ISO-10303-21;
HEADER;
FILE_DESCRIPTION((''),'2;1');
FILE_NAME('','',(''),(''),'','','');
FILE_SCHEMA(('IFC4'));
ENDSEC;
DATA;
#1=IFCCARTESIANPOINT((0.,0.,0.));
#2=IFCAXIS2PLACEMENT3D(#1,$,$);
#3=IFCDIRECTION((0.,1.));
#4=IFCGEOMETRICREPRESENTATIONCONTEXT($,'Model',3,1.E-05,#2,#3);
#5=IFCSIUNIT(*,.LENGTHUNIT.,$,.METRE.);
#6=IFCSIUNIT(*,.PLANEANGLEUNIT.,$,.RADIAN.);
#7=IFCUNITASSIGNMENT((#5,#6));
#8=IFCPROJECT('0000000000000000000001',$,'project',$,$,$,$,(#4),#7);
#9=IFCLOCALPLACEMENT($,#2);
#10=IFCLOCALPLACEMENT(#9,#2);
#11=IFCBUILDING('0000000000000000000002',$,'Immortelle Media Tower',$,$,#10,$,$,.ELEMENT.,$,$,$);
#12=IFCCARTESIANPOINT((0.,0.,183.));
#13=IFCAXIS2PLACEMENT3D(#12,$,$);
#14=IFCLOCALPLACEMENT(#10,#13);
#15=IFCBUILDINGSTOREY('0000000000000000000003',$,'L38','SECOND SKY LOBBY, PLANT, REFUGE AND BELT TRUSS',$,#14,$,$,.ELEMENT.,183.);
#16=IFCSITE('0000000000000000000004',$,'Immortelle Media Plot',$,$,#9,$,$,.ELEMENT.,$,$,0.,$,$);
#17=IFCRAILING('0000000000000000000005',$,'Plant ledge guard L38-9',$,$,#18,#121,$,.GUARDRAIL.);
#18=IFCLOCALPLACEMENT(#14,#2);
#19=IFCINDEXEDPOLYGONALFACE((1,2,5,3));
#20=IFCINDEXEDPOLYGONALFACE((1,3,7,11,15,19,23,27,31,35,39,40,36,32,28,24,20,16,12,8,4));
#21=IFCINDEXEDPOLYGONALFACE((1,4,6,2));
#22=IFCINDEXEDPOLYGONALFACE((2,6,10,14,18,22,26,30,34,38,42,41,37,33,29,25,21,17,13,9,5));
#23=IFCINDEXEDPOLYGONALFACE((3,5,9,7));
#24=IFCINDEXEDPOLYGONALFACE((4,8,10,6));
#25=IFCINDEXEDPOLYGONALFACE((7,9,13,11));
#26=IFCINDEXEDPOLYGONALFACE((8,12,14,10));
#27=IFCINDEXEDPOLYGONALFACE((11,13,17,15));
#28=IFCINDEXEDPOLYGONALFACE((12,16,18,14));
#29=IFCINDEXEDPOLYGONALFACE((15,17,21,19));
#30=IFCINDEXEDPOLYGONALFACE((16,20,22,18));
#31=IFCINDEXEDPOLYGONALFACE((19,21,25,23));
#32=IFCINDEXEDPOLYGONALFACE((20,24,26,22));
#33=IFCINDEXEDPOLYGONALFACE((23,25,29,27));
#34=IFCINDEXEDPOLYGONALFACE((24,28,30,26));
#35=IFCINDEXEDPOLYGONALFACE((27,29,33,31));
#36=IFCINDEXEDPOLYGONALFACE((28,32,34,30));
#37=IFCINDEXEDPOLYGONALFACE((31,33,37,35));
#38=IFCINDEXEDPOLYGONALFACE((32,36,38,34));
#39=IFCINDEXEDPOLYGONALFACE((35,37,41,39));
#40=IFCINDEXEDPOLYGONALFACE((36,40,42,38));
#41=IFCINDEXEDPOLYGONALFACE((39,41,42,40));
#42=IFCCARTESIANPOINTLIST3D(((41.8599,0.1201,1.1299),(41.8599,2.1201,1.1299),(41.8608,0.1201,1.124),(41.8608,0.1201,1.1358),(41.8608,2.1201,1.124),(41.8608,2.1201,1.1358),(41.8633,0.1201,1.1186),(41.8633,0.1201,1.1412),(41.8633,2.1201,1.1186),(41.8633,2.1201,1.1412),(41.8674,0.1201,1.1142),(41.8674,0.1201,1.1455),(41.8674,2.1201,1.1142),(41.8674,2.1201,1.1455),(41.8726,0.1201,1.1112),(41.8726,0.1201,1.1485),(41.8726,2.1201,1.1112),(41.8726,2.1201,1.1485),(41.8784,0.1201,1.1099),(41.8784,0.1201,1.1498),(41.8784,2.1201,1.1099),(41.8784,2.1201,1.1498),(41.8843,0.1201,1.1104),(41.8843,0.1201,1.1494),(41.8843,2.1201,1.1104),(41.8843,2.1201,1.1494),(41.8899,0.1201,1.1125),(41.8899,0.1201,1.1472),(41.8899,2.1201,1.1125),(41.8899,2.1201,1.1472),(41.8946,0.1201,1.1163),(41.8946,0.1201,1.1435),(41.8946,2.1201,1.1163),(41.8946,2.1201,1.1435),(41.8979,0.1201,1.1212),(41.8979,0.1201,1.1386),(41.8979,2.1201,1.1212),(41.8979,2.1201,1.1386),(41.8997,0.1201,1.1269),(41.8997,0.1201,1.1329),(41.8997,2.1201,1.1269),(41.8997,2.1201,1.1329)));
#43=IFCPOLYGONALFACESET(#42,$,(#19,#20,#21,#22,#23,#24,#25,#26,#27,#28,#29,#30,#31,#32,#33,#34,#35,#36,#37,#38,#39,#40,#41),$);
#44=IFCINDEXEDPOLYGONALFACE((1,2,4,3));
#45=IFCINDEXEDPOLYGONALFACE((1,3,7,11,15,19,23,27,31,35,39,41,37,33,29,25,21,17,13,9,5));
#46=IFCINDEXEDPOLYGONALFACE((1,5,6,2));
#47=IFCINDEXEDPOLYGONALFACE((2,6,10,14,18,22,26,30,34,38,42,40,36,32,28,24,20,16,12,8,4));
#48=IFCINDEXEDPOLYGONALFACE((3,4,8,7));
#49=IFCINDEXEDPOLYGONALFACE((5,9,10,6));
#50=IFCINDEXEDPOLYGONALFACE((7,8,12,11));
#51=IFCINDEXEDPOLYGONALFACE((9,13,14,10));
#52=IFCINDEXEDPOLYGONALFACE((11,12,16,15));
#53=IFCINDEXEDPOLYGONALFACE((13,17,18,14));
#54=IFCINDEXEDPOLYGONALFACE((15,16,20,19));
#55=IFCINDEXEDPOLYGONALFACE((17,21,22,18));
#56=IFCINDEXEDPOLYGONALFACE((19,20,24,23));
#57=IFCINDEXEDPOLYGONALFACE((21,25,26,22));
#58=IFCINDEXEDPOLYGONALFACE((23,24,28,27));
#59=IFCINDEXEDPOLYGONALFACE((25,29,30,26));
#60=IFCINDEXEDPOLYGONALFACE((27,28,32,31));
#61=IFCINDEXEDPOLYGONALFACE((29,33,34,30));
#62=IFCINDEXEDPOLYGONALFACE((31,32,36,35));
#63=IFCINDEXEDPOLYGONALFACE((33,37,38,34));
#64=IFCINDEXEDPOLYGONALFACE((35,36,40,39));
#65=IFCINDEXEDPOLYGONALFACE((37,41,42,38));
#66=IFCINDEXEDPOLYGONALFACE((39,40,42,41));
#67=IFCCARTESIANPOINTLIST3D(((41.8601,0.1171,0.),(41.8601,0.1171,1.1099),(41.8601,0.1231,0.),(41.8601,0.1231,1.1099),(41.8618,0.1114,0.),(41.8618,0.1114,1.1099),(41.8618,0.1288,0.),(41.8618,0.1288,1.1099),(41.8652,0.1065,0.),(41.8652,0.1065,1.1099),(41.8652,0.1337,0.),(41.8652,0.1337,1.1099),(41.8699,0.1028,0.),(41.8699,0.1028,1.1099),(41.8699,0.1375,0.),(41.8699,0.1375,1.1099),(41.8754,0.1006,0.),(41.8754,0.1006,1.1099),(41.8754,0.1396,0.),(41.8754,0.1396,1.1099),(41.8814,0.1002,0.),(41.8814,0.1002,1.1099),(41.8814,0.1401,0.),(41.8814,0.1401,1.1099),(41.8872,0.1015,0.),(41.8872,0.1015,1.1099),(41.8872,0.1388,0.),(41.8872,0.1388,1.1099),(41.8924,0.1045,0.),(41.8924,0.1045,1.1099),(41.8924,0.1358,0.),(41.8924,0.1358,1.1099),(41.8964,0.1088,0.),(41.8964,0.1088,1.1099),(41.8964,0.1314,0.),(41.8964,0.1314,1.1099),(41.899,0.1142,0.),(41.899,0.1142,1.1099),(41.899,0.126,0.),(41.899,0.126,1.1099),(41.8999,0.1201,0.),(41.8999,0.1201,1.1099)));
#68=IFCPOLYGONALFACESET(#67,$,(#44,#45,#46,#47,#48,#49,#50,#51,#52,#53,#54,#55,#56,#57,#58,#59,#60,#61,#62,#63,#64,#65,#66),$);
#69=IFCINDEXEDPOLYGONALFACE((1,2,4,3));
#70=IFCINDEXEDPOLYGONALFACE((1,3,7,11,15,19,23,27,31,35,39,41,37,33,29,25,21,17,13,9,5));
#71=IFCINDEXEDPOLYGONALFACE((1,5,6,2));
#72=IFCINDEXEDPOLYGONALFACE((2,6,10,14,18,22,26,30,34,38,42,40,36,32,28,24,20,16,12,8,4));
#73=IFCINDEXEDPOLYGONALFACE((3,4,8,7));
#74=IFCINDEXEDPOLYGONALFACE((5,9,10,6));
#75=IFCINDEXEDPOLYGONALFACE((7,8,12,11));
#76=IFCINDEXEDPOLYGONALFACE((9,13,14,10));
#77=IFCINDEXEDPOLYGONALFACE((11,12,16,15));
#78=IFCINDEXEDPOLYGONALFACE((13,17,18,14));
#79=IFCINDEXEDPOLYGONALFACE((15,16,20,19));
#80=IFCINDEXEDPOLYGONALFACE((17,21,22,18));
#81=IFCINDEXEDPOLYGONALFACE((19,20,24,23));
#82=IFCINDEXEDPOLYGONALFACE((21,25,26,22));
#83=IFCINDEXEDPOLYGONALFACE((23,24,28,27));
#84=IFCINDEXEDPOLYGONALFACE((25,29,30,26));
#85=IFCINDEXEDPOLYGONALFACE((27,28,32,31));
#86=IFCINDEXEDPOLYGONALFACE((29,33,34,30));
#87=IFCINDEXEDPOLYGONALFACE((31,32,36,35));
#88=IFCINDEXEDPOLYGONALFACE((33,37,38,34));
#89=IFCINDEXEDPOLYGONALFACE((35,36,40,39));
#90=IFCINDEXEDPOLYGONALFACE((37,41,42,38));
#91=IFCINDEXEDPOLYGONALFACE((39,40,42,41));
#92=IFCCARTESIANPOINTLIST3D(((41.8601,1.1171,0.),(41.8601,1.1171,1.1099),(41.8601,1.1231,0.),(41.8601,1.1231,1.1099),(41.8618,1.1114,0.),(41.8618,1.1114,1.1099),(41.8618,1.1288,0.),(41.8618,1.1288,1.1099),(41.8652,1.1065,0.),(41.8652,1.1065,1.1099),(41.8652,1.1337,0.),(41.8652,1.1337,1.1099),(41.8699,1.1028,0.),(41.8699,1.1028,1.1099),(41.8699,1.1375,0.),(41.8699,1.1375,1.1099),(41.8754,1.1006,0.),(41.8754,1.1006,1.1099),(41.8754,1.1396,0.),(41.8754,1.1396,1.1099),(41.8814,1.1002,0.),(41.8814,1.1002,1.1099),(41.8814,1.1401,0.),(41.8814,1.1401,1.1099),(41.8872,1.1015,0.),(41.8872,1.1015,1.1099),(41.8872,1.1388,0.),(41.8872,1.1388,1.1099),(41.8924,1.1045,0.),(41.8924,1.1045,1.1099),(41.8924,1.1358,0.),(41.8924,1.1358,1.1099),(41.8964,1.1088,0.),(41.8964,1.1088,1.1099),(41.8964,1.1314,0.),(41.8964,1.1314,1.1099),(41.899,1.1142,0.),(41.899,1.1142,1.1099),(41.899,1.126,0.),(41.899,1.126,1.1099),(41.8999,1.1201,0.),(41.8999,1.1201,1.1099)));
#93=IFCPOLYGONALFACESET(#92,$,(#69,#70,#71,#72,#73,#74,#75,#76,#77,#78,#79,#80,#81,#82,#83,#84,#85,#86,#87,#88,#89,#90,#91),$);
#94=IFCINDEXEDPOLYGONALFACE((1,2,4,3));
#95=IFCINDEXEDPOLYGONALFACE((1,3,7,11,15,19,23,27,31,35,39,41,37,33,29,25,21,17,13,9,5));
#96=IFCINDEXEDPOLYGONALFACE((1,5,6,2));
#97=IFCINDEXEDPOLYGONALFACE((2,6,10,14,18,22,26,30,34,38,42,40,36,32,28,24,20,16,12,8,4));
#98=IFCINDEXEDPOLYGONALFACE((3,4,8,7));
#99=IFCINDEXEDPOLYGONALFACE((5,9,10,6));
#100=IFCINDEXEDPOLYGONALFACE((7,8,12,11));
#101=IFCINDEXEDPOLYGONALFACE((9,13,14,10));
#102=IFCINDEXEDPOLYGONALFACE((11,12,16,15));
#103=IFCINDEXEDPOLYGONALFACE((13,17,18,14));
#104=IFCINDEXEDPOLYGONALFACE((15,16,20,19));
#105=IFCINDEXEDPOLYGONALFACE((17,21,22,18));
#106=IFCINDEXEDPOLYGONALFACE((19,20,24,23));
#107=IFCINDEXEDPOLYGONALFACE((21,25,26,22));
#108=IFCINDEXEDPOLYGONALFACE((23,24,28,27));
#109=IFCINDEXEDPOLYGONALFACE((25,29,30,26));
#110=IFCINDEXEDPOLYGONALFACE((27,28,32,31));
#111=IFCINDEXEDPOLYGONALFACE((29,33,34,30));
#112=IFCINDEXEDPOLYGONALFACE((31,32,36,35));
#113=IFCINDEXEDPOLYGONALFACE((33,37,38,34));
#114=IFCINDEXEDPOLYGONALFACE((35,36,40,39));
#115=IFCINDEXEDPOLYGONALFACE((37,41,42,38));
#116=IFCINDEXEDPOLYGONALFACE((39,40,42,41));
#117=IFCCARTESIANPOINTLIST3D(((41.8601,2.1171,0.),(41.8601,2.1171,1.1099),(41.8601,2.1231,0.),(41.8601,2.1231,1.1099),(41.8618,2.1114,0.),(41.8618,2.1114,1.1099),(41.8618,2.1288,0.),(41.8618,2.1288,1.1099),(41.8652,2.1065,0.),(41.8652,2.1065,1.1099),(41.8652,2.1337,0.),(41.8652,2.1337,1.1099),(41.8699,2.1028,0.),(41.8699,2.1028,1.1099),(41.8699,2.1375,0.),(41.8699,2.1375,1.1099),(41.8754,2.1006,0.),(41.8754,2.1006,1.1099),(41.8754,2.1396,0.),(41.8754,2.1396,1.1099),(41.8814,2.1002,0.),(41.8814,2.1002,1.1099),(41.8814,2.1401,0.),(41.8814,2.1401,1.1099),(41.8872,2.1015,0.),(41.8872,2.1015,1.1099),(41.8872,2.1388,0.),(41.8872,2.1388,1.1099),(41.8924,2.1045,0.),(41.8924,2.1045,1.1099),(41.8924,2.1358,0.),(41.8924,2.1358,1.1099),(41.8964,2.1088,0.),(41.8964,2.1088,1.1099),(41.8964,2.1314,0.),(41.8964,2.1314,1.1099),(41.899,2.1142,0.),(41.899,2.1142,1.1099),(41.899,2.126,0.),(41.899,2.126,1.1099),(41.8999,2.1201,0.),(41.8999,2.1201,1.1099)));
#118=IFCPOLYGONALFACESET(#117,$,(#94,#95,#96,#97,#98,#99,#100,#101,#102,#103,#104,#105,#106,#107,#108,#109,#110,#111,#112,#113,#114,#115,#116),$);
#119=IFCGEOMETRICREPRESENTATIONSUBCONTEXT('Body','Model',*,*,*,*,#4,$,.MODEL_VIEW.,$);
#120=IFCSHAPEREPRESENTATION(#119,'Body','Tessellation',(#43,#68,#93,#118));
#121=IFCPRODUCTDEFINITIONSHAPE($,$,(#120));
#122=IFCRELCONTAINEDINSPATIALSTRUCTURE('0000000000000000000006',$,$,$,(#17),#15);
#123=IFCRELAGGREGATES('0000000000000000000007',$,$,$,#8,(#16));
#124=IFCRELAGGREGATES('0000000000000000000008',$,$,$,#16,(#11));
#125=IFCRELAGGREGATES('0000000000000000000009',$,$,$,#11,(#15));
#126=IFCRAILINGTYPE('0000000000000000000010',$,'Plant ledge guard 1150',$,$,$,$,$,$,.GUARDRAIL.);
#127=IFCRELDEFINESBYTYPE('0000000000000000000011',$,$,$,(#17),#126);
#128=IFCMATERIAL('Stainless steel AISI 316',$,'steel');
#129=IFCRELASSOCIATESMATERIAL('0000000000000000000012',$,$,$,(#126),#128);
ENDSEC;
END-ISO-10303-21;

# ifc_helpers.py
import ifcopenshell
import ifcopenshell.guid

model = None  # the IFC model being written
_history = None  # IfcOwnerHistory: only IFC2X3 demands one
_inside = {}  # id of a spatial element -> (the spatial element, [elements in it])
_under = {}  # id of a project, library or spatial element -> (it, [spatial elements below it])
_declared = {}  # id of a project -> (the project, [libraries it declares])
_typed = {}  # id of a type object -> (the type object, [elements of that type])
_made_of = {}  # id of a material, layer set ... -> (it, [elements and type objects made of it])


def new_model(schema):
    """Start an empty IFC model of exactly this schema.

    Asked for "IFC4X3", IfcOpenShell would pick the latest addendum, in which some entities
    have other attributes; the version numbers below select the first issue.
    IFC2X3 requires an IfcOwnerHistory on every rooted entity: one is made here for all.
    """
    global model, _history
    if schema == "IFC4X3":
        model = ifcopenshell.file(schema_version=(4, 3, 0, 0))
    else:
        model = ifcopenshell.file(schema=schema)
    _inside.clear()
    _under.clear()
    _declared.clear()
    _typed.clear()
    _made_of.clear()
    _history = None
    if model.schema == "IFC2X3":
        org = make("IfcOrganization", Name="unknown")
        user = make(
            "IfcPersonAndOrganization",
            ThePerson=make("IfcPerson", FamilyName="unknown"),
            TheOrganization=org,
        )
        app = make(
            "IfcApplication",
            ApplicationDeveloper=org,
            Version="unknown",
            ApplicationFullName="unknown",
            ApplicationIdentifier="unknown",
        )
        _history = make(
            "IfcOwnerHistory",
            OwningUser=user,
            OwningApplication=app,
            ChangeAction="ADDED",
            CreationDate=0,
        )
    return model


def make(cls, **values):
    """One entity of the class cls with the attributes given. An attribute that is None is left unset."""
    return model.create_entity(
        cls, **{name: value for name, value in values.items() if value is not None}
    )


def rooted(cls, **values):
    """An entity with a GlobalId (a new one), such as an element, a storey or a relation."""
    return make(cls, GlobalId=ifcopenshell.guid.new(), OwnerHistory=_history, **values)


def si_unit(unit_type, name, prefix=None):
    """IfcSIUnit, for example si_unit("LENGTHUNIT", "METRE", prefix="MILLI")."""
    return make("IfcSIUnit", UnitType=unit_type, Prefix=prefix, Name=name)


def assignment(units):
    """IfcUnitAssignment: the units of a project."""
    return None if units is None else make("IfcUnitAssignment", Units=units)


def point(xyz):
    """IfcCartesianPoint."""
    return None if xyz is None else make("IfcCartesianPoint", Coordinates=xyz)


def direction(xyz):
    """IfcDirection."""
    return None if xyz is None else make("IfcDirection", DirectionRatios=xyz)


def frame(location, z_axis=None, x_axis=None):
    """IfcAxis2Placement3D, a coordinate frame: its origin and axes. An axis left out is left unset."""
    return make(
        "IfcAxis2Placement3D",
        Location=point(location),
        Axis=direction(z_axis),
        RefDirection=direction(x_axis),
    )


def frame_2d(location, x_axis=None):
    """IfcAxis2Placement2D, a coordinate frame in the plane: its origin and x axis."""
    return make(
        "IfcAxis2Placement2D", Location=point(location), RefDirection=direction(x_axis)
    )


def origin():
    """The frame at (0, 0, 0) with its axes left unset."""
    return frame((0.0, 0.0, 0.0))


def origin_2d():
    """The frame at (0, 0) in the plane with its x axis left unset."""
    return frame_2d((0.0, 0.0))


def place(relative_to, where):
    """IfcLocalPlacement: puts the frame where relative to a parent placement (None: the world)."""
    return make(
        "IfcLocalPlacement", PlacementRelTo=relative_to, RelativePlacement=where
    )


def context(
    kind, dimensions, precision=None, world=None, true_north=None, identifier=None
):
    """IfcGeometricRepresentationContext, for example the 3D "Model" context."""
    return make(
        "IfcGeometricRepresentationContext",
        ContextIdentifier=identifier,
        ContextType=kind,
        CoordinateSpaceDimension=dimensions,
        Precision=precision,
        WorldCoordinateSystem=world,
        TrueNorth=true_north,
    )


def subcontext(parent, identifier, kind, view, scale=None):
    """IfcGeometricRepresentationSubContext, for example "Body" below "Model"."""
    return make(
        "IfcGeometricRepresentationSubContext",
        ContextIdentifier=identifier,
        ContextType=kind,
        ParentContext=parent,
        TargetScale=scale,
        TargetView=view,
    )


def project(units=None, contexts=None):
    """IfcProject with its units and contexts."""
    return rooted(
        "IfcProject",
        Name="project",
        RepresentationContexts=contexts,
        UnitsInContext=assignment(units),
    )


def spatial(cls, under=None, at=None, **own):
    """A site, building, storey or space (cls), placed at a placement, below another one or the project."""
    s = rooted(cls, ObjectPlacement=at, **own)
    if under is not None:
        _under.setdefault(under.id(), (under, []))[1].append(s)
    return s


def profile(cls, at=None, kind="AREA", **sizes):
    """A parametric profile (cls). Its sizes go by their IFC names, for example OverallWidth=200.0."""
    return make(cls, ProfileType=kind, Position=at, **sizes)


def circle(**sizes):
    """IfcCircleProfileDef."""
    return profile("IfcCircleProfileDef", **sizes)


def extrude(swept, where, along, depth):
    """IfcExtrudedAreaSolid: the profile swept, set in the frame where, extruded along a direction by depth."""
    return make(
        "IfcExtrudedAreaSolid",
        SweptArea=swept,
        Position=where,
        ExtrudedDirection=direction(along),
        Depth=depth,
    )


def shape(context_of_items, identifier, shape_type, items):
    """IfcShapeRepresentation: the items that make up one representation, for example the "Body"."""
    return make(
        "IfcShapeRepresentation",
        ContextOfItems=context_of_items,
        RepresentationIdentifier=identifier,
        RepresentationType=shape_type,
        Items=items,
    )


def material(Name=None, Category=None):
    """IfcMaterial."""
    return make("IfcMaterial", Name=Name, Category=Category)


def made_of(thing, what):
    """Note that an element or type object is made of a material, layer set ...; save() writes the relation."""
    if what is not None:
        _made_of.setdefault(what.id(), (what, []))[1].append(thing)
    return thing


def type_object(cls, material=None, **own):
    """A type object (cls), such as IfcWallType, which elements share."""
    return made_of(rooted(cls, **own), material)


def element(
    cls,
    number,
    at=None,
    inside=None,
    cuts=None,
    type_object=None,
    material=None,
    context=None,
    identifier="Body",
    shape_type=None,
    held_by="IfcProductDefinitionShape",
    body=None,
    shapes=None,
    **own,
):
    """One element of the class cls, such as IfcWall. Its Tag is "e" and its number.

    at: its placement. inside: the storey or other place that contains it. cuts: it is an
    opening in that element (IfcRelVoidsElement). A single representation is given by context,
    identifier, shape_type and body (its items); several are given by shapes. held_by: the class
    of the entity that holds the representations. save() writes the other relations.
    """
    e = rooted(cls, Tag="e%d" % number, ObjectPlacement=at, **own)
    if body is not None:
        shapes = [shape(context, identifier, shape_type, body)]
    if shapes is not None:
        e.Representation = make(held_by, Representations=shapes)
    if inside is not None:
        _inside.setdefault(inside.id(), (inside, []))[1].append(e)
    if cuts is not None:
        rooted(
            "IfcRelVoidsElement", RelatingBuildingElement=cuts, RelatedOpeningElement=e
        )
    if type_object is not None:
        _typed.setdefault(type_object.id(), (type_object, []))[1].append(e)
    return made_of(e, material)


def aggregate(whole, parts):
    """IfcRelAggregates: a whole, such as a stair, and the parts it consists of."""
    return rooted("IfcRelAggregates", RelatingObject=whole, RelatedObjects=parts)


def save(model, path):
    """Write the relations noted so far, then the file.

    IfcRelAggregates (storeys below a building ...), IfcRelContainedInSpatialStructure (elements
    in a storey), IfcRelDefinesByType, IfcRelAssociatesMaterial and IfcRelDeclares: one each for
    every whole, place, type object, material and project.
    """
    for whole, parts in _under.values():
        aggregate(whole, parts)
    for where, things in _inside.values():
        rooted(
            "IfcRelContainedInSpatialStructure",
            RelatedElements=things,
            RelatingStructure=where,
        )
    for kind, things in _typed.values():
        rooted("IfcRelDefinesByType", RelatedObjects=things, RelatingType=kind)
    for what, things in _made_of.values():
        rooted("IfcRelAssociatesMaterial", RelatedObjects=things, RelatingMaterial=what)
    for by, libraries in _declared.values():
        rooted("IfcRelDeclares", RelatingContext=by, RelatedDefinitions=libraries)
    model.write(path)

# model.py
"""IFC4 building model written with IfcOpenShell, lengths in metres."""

from ifc_helpers import new_model, si_unit, direction, frame, origin, origin_2d, place, context, subcontext, project, spatial, circle, extrude, material, type_object, element, save


model = new_model("IFC4")

# Units and contexts
model_context = context("Model", 3, precision=1e-05, world=origin(), true_north=direction((0.0, 1.0)))
body_context = subcontext(model_context, "Body", "Model", "MODEL_VIEW")
ifc_project = project(units=[si_unit("LENGTHUNIT", "METRE"), si_unit("PLANEANGLEUNIT", "RADIAN")], contexts=[model_context])

# Site, building, storey
site_placement = place(None, origin())
site = spatial("IfcSite", under=ifc_project, at=site_placement, Name="Immortelle Media Plot", CompositionType="ELEMENT", RefElevation=0.0)
building_placement = place(site_placement, origin())
building = spatial("IfcBuilding", under=site, at=building_placement, Name="Immortelle Media Tower", CompositionType="ELEMENT")
storey_placement = place(building_placement, frame((0.0, 0.0, 183.0)))
storey = spatial("IfcBuildingStorey", under=building, at=storey_placement, Name="L38", Description="SECOND SKY LOBBY, PLANT, REFUGE AND BELT TRUSS", CompositionType="ELEMENT", Elevation=183.0)

# Railing
ifc_material_1 = material(Name="Stainless steel AISI 316", Category="steel")
railing_type = type_object("IfcRailingType", Name="Plant ledge guard 1150", PredefinedType="GUARDRAIL", material=ifc_material_1)
railing_1_placement = place(storey_placement, frame((41.8799, 0.1201, 0.0)))
element("IfcRailing", 1, at=railing_1_placement, inside=storey, type_object=railing_type, Name="Plant ledge guard L38-9", PredefinedType="GUARDRAIL", context=body_context, shape_type="SweptSolid", body=[
    extrude(circle(Radius=0.02, at=origin_2d()), frame((0.0, 0.0, 1.1299), z_axis=(0.0, 1.0, 0.0), x_axis=(-1.0, 0.0, 0.0)), (0.0, 0.0, 1.0), 2.0),
    extrude(circle(Radius=0.02, at=origin_2d()), origin(), (0.0, 0.0, 1.0), 1.1099),
    extrude(circle(Radius=0.02, at=origin_2d()), frame((0.0, 1.0, 0.0)), (0.0, 0.0, 1.0), 1.1099),
    extrude(circle(Radius=0.02, at=origin_2d()), frame((0.0, 2.0, 0.0)), (0.0, 0.0, 1.0), 1.1099),
])

save(model, "model.ifc")
